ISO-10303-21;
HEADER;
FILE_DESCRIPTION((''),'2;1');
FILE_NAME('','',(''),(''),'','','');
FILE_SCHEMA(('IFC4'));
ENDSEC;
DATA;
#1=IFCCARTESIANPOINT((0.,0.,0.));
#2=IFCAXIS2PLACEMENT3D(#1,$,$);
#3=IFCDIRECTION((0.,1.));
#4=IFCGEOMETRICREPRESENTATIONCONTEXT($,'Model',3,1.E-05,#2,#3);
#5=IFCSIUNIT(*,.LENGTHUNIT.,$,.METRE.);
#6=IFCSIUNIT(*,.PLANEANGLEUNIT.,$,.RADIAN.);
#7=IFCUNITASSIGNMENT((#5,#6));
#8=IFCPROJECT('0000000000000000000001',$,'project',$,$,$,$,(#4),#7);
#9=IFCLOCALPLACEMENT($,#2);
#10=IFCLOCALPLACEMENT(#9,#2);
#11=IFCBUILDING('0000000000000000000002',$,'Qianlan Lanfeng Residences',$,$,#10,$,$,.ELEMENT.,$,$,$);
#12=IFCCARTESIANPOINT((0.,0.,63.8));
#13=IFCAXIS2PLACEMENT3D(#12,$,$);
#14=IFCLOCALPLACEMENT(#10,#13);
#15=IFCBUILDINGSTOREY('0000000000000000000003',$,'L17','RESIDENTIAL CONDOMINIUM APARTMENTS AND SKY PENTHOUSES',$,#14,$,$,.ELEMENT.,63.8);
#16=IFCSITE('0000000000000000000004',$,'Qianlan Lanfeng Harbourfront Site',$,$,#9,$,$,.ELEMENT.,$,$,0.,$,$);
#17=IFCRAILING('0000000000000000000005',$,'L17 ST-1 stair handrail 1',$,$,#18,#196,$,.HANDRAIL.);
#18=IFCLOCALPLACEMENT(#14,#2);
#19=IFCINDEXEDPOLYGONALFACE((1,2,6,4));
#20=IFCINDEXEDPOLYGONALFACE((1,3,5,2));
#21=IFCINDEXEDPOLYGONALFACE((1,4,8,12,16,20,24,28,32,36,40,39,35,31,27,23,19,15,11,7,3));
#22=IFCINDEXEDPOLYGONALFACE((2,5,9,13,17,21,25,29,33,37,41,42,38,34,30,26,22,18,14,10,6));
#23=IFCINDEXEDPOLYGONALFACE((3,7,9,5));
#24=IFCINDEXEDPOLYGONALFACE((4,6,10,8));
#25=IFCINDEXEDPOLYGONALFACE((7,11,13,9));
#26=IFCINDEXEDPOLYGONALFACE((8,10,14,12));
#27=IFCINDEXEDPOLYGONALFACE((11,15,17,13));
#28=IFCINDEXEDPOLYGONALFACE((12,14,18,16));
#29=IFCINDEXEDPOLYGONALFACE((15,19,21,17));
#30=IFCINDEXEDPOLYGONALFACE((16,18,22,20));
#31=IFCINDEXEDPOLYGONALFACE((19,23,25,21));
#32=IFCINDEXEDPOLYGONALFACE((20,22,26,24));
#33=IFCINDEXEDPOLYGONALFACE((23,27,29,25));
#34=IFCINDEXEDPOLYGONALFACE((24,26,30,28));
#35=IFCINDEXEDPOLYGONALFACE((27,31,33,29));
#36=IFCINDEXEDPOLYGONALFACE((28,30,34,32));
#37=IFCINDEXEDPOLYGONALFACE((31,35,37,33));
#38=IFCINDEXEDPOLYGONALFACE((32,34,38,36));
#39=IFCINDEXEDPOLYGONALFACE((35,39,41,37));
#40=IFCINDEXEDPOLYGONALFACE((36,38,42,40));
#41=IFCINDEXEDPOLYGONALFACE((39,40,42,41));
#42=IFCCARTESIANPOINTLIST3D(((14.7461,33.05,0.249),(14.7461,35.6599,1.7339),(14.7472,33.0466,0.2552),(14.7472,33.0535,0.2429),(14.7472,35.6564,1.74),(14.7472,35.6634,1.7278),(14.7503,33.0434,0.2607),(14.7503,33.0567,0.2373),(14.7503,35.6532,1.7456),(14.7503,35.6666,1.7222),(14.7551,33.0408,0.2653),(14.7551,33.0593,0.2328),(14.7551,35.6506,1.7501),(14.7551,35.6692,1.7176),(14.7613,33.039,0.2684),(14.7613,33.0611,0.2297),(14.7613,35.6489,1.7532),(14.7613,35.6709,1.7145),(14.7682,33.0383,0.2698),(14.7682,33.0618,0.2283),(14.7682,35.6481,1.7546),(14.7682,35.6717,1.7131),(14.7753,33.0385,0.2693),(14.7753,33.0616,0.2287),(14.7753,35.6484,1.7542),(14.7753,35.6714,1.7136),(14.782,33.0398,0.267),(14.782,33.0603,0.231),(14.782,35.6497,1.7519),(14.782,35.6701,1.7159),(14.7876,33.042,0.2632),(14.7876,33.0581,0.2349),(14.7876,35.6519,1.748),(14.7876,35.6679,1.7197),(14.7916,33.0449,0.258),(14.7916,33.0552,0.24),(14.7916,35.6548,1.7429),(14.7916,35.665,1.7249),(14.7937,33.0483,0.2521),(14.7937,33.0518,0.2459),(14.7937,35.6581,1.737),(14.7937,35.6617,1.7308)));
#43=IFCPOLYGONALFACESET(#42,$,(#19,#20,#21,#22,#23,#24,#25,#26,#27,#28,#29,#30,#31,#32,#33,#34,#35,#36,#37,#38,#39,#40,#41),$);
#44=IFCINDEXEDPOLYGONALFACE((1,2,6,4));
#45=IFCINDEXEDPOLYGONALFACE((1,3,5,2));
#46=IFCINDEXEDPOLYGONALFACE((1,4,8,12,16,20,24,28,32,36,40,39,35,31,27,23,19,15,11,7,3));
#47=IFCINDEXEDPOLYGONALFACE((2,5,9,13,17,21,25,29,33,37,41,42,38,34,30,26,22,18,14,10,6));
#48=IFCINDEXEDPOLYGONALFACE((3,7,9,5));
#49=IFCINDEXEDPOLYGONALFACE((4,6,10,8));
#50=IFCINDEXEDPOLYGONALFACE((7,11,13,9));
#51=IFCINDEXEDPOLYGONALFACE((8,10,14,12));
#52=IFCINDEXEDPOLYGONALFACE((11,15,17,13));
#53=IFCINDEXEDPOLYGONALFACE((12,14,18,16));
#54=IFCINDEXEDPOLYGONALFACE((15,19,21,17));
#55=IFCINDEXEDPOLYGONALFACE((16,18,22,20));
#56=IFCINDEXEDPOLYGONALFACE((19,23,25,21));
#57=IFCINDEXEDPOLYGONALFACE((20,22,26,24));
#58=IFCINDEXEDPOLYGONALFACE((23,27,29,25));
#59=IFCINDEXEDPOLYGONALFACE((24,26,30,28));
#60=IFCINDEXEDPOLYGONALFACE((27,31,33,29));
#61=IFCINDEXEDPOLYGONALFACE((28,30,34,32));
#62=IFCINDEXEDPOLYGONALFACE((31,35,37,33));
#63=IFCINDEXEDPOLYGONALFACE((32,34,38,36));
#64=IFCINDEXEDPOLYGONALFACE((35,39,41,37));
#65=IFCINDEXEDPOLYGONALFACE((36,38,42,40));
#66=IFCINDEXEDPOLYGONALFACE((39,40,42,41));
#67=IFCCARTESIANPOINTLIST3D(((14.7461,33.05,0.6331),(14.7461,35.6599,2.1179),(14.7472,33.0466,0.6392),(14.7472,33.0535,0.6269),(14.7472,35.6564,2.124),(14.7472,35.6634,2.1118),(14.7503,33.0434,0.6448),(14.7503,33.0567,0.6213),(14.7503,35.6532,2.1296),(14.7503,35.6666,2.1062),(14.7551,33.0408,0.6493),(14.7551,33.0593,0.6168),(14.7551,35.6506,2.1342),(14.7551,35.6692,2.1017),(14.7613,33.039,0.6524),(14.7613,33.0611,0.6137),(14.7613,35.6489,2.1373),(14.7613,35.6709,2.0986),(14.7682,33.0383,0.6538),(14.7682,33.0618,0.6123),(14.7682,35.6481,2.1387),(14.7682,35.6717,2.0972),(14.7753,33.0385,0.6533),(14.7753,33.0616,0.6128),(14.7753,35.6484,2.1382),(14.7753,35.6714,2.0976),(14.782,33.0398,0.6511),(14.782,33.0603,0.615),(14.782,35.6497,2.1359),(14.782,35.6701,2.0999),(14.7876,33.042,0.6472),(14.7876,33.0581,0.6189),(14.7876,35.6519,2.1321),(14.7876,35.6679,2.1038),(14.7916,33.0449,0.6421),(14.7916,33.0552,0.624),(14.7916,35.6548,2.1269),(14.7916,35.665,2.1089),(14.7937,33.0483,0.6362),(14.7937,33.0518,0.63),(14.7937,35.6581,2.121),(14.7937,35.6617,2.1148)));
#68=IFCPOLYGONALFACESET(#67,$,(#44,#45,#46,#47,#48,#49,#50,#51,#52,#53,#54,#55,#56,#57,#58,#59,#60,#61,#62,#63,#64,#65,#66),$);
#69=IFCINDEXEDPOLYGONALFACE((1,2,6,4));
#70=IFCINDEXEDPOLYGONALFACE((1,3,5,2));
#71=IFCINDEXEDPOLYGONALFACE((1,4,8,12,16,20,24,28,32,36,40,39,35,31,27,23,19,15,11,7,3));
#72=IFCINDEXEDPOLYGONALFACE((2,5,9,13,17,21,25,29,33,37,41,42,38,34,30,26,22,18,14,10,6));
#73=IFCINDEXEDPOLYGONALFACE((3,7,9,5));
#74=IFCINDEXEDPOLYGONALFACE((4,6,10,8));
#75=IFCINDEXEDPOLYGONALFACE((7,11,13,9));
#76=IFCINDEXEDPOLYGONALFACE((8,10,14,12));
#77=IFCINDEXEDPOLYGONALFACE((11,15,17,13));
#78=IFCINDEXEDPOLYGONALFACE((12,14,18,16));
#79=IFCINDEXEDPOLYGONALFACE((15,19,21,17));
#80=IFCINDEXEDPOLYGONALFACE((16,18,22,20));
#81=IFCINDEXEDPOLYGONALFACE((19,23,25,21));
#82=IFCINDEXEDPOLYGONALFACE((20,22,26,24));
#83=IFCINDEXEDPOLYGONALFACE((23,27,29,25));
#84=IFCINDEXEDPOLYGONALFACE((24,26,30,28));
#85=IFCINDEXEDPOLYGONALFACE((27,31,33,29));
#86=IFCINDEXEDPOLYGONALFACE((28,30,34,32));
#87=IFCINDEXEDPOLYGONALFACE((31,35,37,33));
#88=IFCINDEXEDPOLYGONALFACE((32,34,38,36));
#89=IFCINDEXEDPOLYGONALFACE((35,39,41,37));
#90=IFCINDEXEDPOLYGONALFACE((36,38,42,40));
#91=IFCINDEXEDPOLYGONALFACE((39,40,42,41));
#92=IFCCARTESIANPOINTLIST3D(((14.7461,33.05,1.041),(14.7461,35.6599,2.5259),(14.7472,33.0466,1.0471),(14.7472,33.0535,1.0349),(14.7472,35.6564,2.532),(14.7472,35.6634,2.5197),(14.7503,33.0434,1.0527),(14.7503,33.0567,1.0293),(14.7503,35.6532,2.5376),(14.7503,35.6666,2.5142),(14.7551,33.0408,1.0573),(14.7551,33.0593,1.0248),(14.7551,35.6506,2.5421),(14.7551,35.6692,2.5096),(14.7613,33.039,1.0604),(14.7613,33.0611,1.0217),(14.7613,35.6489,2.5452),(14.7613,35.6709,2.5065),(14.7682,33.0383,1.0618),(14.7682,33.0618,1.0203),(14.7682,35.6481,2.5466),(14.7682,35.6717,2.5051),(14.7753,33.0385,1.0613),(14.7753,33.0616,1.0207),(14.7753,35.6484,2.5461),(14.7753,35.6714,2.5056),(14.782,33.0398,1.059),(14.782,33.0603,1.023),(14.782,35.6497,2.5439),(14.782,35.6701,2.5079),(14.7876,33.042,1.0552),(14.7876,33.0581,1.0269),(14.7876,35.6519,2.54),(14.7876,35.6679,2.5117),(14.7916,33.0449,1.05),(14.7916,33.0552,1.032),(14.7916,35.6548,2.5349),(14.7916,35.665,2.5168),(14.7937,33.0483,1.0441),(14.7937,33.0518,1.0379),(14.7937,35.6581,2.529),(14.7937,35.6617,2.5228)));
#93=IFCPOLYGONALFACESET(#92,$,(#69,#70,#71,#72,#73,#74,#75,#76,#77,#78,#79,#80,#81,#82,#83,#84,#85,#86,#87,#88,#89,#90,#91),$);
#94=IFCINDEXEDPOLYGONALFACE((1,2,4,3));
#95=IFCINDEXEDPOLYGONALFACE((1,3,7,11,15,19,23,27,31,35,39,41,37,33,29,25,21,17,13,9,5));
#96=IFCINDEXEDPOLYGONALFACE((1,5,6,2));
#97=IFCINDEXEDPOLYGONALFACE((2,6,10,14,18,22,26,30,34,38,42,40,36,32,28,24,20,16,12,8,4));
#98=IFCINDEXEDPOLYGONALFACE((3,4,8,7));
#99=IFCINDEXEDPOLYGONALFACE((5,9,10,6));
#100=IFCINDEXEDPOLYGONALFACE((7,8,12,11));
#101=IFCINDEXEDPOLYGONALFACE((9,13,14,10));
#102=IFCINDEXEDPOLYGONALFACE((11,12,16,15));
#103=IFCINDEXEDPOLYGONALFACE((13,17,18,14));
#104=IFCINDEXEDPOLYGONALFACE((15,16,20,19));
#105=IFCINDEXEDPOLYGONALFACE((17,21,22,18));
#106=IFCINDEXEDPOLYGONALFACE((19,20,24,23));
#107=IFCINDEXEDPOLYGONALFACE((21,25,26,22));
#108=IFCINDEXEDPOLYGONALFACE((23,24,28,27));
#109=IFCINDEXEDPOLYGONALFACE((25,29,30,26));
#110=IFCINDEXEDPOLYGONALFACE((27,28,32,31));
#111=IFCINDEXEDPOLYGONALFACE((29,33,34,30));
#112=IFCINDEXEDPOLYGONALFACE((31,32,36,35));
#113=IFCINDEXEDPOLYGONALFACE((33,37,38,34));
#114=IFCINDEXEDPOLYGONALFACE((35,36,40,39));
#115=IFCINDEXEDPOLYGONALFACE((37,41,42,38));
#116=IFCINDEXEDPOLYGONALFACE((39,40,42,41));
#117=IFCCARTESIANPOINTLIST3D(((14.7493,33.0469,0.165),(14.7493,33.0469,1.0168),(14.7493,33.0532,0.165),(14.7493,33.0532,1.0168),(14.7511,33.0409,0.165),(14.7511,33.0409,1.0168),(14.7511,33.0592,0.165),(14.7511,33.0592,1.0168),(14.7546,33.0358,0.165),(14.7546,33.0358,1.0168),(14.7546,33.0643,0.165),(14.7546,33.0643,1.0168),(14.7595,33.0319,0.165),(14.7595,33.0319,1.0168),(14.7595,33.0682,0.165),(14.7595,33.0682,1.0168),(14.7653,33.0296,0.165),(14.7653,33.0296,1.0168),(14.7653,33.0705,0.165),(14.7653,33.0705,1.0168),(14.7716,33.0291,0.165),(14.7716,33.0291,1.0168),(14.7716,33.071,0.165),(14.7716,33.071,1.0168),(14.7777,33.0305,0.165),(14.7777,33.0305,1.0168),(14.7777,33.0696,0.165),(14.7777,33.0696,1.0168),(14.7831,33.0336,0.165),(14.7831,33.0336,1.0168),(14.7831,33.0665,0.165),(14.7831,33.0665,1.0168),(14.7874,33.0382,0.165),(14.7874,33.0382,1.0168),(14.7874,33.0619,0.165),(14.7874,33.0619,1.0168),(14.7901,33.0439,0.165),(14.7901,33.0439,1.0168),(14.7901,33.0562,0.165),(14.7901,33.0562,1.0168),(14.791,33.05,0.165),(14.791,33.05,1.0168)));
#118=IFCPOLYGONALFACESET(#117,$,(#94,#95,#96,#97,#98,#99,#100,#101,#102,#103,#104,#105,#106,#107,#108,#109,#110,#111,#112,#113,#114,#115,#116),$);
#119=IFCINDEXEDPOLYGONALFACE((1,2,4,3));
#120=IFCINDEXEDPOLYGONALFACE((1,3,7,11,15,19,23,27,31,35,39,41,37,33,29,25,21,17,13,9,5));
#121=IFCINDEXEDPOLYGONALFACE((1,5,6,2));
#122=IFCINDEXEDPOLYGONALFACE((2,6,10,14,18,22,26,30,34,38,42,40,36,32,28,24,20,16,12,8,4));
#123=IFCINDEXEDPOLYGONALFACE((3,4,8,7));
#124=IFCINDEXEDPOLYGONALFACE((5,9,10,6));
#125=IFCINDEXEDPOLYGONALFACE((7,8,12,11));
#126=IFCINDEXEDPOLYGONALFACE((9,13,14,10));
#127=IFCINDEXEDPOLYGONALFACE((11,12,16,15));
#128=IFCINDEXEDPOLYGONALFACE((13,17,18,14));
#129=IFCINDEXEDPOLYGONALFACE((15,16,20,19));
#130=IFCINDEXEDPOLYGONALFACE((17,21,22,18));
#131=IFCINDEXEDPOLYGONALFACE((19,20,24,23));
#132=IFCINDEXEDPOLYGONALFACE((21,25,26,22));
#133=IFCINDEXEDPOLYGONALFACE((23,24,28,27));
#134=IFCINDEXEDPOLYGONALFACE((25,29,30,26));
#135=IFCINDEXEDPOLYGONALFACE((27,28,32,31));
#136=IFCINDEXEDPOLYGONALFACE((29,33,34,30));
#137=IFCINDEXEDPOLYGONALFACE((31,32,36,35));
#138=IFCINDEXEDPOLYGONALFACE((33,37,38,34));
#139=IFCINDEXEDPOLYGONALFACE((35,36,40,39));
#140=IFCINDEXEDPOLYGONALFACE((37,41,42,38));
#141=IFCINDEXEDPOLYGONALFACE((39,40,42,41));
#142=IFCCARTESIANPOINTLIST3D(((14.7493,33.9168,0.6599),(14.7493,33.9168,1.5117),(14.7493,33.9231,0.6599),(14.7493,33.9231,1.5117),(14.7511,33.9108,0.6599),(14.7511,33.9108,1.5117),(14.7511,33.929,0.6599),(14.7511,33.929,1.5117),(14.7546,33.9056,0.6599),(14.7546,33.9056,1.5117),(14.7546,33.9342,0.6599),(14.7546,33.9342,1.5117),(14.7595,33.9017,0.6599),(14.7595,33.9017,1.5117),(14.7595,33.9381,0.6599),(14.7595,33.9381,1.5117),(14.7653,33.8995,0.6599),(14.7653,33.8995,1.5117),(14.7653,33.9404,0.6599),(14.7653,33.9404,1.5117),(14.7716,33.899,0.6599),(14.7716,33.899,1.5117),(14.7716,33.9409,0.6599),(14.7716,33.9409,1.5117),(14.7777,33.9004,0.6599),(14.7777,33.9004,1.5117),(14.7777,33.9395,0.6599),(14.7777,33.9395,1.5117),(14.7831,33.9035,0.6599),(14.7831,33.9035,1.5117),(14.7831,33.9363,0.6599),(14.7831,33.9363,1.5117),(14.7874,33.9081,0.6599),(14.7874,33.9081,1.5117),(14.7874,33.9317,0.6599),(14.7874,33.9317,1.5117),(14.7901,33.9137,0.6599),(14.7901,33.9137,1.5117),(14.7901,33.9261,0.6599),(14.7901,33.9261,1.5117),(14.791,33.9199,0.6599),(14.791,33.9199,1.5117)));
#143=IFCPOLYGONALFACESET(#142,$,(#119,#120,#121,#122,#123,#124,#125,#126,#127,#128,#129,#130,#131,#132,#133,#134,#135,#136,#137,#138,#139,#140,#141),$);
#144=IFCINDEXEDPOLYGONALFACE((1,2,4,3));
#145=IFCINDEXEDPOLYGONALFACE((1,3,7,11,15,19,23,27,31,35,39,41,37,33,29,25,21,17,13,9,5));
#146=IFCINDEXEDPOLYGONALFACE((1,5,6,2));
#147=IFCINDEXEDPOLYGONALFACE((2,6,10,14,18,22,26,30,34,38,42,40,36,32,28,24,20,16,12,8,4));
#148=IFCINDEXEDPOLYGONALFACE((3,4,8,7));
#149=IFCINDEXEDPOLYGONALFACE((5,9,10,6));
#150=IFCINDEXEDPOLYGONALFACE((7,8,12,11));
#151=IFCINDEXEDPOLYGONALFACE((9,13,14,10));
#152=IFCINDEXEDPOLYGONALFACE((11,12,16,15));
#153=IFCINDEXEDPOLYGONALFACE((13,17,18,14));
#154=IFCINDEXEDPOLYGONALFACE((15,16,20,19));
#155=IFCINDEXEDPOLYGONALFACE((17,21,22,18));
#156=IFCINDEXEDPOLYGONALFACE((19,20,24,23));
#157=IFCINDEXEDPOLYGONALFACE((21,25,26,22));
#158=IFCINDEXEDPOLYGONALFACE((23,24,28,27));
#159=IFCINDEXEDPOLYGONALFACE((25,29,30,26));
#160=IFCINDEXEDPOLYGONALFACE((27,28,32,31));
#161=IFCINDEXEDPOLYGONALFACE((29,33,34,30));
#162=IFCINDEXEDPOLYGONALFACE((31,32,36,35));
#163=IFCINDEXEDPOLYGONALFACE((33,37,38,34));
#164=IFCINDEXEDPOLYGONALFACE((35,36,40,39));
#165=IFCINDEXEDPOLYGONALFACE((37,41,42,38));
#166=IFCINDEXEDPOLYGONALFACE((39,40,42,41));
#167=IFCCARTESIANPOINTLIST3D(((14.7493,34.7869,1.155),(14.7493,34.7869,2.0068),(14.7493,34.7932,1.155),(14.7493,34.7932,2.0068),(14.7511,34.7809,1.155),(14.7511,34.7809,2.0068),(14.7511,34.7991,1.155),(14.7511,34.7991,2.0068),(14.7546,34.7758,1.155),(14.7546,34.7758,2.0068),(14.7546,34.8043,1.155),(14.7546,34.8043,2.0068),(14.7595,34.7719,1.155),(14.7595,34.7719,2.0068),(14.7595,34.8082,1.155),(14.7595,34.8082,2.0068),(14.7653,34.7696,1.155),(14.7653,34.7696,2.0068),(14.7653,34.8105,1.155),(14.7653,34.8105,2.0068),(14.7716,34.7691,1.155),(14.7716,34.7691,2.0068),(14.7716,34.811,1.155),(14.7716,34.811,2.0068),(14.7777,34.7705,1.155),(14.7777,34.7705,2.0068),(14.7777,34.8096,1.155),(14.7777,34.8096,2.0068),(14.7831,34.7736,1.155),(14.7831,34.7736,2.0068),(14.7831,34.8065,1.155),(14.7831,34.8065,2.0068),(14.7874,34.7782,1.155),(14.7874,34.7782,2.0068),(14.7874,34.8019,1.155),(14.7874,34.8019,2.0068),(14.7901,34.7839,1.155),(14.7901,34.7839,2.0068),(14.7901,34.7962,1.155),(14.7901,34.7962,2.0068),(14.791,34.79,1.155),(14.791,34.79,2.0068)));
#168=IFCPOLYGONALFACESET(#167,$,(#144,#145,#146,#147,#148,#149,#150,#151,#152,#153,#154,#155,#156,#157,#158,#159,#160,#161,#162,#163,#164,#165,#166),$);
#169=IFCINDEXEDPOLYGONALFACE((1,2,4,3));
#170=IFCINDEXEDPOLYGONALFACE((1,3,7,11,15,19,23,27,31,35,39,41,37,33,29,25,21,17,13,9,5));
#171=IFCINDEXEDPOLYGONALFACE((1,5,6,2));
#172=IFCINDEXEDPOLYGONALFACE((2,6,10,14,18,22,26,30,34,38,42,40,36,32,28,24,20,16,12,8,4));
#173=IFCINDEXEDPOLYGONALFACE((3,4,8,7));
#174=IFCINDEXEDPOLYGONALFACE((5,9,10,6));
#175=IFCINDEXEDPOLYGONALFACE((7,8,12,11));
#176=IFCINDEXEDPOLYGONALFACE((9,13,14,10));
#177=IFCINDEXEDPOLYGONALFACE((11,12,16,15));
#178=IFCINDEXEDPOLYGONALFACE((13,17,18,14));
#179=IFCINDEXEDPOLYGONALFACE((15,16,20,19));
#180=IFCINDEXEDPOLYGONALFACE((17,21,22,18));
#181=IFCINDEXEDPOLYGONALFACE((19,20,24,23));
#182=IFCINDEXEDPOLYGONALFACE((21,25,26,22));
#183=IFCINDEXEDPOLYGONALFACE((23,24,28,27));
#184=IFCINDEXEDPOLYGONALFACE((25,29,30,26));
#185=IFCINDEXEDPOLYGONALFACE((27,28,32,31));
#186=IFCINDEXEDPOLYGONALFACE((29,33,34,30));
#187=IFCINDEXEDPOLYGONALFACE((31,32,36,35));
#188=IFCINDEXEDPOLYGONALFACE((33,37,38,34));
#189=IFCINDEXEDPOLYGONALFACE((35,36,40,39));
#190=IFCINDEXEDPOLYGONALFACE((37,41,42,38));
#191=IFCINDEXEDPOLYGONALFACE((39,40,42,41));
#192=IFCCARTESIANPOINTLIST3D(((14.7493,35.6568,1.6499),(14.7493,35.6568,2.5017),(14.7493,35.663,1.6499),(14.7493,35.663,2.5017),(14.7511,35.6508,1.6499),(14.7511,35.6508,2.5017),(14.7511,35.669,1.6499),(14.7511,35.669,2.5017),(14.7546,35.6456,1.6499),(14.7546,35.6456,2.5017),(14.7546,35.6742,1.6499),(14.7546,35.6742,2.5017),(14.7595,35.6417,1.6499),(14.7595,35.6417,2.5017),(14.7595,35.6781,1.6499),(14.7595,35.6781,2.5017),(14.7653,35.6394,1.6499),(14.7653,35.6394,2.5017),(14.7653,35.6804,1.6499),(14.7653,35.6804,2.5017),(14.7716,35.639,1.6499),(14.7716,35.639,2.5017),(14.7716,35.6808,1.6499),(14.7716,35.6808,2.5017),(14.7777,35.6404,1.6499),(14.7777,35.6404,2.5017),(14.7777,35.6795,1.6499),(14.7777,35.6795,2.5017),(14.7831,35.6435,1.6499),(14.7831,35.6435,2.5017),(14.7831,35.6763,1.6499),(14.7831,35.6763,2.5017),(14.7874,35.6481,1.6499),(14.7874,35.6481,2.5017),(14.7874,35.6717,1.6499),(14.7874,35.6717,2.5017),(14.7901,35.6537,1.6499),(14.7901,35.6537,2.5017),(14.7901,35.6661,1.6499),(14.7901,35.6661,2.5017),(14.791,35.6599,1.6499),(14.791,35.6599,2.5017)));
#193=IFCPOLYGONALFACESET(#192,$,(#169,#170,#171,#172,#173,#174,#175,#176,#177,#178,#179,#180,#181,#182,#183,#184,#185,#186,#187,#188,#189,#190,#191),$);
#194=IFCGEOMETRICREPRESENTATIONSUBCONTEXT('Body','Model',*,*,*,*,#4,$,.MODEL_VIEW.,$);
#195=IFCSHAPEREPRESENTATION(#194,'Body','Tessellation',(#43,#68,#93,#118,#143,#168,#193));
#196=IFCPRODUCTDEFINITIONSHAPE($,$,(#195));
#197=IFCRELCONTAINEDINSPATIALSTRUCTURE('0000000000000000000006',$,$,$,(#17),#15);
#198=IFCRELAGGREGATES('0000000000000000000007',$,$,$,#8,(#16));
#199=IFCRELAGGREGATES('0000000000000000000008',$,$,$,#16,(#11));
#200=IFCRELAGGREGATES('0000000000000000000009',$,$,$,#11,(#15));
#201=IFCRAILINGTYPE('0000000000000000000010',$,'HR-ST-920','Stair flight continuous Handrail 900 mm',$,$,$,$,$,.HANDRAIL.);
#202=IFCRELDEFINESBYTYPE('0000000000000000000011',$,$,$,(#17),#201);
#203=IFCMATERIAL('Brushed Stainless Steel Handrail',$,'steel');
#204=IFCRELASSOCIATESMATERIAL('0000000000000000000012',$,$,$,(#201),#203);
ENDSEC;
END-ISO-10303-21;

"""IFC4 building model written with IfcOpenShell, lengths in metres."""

from ifc_helpers import new_model, si_unit, direction, frame, origin, origin_2d, place, context, subcontext, project, spatial, circle, extrude, material, type_object, element, save


model = new_model("IFC4")

# Units and contexts
model_context = context("Model", 3, precision=1e-05, world=origin(), true_north=direction((0.0, 1.0)))
body_context = subcontext(model_context, "Body", "Model", "MODEL_VIEW")
ifc_project = project(units=[si_unit("LENGTHUNIT", "METRE"), si_unit("PLANEANGLEUNIT", "RADIAN")], contexts=[model_context])

# Site, building, storey
site_placement = place(None, origin())
site = spatial("IfcSite", under=ifc_project, at=site_placement, Name="Qianlan Lanfeng Harbourfront Site", CompositionType="ELEMENT", RefElevation=0.0)
building_placement = place(site_placement, origin())
building = spatial("IfcBuilding", under=site, at=building_placement, Name="Qianlan Lanfeng Residences", CompositionType="ELEMENT")
storey_placement = place(building_placement, frame((0.0, 0.0, 63.8)))
storey = spatial("IfcBuildingStorey", under=building, at=storey_placement, Name="L17", Description="RESIDENTIAL CONDOMINIUM APARTMENTS AND SKY PENTHOUSES", CompositionType="ELEMENT", Elevation=63.8)

# Railing
ifc_material_1 = material(Name="Brushed Stainless Steel Handrail", Category="steel")
railing_type_1 = type_object("IfcRailingType", Name="HR-ST-920", Description="Stair flight continuous Handrail 900 mm", PredefinedType="HANDRAIL", material=ifc_material_1)
railing_1_placement = place(storey_placement, frame((14.77, 33.05, 0.165)))
element("IfcRailing", 1, at=railing_1_placement, inside=storey, type_object=railing_type_1, Name="L17 ST-1 stair handrail 1", PredefinedType="HANDRAIL", context=body_context, shape_type="SweptSolid", body=[
    extrude(circle(Radius=0.0239, at=origin_2d()), frame((0.0, 0.0, 0.084), z_axis=(0.0, 0.869172, 0.494509), x_axis=(-1.0, 0.0, 0.0)), (0.0, 0.0, 1.0), 3.0027),
    extrude(circle(Radius=0.0239, at=origin_2d()), frame((0.0, 0.0, 0.468), z_axis=(0.0, 0.869172, 0.494509), x_axis=(-1.0, 0.0, 0.0)), (0.0, 0.0, 1.0), 3.0027),
    extrude(circle(Radius=0.0239, at=origin_2d()), frame((0.0, 0.0, 0.876), z_axis=(0.0, 0.869172, 0.494509), x_axis=(-1.0, 0.0, 0.0)), (0.0, 0.0, 1.0), 3.0027),
    extrude(circle(Radius=0.021, at=origin_2d()), origin(), (0.0, 0.0, 1.0), 0.8518),
    extrude(circle(Radius=0.021, at=origin_2d()), frame((0.0, 0.8699, 0.4949)), (0.0, 0.0, 1.0), 0.8518),
    extrude(circle(Radius=0.021, at=origin_2d()), frame((0.0, 1.74, 0.99)), (0.0, 0.0, 1.0), 0.8518),
    extrude(circle(Radius=0.021, at=origin_2d()), frame((0.0, 2.6099, 1.4849)), (0.0, 0.0, 1.0), 0.8518),
])

save(model, "model.ifc")
